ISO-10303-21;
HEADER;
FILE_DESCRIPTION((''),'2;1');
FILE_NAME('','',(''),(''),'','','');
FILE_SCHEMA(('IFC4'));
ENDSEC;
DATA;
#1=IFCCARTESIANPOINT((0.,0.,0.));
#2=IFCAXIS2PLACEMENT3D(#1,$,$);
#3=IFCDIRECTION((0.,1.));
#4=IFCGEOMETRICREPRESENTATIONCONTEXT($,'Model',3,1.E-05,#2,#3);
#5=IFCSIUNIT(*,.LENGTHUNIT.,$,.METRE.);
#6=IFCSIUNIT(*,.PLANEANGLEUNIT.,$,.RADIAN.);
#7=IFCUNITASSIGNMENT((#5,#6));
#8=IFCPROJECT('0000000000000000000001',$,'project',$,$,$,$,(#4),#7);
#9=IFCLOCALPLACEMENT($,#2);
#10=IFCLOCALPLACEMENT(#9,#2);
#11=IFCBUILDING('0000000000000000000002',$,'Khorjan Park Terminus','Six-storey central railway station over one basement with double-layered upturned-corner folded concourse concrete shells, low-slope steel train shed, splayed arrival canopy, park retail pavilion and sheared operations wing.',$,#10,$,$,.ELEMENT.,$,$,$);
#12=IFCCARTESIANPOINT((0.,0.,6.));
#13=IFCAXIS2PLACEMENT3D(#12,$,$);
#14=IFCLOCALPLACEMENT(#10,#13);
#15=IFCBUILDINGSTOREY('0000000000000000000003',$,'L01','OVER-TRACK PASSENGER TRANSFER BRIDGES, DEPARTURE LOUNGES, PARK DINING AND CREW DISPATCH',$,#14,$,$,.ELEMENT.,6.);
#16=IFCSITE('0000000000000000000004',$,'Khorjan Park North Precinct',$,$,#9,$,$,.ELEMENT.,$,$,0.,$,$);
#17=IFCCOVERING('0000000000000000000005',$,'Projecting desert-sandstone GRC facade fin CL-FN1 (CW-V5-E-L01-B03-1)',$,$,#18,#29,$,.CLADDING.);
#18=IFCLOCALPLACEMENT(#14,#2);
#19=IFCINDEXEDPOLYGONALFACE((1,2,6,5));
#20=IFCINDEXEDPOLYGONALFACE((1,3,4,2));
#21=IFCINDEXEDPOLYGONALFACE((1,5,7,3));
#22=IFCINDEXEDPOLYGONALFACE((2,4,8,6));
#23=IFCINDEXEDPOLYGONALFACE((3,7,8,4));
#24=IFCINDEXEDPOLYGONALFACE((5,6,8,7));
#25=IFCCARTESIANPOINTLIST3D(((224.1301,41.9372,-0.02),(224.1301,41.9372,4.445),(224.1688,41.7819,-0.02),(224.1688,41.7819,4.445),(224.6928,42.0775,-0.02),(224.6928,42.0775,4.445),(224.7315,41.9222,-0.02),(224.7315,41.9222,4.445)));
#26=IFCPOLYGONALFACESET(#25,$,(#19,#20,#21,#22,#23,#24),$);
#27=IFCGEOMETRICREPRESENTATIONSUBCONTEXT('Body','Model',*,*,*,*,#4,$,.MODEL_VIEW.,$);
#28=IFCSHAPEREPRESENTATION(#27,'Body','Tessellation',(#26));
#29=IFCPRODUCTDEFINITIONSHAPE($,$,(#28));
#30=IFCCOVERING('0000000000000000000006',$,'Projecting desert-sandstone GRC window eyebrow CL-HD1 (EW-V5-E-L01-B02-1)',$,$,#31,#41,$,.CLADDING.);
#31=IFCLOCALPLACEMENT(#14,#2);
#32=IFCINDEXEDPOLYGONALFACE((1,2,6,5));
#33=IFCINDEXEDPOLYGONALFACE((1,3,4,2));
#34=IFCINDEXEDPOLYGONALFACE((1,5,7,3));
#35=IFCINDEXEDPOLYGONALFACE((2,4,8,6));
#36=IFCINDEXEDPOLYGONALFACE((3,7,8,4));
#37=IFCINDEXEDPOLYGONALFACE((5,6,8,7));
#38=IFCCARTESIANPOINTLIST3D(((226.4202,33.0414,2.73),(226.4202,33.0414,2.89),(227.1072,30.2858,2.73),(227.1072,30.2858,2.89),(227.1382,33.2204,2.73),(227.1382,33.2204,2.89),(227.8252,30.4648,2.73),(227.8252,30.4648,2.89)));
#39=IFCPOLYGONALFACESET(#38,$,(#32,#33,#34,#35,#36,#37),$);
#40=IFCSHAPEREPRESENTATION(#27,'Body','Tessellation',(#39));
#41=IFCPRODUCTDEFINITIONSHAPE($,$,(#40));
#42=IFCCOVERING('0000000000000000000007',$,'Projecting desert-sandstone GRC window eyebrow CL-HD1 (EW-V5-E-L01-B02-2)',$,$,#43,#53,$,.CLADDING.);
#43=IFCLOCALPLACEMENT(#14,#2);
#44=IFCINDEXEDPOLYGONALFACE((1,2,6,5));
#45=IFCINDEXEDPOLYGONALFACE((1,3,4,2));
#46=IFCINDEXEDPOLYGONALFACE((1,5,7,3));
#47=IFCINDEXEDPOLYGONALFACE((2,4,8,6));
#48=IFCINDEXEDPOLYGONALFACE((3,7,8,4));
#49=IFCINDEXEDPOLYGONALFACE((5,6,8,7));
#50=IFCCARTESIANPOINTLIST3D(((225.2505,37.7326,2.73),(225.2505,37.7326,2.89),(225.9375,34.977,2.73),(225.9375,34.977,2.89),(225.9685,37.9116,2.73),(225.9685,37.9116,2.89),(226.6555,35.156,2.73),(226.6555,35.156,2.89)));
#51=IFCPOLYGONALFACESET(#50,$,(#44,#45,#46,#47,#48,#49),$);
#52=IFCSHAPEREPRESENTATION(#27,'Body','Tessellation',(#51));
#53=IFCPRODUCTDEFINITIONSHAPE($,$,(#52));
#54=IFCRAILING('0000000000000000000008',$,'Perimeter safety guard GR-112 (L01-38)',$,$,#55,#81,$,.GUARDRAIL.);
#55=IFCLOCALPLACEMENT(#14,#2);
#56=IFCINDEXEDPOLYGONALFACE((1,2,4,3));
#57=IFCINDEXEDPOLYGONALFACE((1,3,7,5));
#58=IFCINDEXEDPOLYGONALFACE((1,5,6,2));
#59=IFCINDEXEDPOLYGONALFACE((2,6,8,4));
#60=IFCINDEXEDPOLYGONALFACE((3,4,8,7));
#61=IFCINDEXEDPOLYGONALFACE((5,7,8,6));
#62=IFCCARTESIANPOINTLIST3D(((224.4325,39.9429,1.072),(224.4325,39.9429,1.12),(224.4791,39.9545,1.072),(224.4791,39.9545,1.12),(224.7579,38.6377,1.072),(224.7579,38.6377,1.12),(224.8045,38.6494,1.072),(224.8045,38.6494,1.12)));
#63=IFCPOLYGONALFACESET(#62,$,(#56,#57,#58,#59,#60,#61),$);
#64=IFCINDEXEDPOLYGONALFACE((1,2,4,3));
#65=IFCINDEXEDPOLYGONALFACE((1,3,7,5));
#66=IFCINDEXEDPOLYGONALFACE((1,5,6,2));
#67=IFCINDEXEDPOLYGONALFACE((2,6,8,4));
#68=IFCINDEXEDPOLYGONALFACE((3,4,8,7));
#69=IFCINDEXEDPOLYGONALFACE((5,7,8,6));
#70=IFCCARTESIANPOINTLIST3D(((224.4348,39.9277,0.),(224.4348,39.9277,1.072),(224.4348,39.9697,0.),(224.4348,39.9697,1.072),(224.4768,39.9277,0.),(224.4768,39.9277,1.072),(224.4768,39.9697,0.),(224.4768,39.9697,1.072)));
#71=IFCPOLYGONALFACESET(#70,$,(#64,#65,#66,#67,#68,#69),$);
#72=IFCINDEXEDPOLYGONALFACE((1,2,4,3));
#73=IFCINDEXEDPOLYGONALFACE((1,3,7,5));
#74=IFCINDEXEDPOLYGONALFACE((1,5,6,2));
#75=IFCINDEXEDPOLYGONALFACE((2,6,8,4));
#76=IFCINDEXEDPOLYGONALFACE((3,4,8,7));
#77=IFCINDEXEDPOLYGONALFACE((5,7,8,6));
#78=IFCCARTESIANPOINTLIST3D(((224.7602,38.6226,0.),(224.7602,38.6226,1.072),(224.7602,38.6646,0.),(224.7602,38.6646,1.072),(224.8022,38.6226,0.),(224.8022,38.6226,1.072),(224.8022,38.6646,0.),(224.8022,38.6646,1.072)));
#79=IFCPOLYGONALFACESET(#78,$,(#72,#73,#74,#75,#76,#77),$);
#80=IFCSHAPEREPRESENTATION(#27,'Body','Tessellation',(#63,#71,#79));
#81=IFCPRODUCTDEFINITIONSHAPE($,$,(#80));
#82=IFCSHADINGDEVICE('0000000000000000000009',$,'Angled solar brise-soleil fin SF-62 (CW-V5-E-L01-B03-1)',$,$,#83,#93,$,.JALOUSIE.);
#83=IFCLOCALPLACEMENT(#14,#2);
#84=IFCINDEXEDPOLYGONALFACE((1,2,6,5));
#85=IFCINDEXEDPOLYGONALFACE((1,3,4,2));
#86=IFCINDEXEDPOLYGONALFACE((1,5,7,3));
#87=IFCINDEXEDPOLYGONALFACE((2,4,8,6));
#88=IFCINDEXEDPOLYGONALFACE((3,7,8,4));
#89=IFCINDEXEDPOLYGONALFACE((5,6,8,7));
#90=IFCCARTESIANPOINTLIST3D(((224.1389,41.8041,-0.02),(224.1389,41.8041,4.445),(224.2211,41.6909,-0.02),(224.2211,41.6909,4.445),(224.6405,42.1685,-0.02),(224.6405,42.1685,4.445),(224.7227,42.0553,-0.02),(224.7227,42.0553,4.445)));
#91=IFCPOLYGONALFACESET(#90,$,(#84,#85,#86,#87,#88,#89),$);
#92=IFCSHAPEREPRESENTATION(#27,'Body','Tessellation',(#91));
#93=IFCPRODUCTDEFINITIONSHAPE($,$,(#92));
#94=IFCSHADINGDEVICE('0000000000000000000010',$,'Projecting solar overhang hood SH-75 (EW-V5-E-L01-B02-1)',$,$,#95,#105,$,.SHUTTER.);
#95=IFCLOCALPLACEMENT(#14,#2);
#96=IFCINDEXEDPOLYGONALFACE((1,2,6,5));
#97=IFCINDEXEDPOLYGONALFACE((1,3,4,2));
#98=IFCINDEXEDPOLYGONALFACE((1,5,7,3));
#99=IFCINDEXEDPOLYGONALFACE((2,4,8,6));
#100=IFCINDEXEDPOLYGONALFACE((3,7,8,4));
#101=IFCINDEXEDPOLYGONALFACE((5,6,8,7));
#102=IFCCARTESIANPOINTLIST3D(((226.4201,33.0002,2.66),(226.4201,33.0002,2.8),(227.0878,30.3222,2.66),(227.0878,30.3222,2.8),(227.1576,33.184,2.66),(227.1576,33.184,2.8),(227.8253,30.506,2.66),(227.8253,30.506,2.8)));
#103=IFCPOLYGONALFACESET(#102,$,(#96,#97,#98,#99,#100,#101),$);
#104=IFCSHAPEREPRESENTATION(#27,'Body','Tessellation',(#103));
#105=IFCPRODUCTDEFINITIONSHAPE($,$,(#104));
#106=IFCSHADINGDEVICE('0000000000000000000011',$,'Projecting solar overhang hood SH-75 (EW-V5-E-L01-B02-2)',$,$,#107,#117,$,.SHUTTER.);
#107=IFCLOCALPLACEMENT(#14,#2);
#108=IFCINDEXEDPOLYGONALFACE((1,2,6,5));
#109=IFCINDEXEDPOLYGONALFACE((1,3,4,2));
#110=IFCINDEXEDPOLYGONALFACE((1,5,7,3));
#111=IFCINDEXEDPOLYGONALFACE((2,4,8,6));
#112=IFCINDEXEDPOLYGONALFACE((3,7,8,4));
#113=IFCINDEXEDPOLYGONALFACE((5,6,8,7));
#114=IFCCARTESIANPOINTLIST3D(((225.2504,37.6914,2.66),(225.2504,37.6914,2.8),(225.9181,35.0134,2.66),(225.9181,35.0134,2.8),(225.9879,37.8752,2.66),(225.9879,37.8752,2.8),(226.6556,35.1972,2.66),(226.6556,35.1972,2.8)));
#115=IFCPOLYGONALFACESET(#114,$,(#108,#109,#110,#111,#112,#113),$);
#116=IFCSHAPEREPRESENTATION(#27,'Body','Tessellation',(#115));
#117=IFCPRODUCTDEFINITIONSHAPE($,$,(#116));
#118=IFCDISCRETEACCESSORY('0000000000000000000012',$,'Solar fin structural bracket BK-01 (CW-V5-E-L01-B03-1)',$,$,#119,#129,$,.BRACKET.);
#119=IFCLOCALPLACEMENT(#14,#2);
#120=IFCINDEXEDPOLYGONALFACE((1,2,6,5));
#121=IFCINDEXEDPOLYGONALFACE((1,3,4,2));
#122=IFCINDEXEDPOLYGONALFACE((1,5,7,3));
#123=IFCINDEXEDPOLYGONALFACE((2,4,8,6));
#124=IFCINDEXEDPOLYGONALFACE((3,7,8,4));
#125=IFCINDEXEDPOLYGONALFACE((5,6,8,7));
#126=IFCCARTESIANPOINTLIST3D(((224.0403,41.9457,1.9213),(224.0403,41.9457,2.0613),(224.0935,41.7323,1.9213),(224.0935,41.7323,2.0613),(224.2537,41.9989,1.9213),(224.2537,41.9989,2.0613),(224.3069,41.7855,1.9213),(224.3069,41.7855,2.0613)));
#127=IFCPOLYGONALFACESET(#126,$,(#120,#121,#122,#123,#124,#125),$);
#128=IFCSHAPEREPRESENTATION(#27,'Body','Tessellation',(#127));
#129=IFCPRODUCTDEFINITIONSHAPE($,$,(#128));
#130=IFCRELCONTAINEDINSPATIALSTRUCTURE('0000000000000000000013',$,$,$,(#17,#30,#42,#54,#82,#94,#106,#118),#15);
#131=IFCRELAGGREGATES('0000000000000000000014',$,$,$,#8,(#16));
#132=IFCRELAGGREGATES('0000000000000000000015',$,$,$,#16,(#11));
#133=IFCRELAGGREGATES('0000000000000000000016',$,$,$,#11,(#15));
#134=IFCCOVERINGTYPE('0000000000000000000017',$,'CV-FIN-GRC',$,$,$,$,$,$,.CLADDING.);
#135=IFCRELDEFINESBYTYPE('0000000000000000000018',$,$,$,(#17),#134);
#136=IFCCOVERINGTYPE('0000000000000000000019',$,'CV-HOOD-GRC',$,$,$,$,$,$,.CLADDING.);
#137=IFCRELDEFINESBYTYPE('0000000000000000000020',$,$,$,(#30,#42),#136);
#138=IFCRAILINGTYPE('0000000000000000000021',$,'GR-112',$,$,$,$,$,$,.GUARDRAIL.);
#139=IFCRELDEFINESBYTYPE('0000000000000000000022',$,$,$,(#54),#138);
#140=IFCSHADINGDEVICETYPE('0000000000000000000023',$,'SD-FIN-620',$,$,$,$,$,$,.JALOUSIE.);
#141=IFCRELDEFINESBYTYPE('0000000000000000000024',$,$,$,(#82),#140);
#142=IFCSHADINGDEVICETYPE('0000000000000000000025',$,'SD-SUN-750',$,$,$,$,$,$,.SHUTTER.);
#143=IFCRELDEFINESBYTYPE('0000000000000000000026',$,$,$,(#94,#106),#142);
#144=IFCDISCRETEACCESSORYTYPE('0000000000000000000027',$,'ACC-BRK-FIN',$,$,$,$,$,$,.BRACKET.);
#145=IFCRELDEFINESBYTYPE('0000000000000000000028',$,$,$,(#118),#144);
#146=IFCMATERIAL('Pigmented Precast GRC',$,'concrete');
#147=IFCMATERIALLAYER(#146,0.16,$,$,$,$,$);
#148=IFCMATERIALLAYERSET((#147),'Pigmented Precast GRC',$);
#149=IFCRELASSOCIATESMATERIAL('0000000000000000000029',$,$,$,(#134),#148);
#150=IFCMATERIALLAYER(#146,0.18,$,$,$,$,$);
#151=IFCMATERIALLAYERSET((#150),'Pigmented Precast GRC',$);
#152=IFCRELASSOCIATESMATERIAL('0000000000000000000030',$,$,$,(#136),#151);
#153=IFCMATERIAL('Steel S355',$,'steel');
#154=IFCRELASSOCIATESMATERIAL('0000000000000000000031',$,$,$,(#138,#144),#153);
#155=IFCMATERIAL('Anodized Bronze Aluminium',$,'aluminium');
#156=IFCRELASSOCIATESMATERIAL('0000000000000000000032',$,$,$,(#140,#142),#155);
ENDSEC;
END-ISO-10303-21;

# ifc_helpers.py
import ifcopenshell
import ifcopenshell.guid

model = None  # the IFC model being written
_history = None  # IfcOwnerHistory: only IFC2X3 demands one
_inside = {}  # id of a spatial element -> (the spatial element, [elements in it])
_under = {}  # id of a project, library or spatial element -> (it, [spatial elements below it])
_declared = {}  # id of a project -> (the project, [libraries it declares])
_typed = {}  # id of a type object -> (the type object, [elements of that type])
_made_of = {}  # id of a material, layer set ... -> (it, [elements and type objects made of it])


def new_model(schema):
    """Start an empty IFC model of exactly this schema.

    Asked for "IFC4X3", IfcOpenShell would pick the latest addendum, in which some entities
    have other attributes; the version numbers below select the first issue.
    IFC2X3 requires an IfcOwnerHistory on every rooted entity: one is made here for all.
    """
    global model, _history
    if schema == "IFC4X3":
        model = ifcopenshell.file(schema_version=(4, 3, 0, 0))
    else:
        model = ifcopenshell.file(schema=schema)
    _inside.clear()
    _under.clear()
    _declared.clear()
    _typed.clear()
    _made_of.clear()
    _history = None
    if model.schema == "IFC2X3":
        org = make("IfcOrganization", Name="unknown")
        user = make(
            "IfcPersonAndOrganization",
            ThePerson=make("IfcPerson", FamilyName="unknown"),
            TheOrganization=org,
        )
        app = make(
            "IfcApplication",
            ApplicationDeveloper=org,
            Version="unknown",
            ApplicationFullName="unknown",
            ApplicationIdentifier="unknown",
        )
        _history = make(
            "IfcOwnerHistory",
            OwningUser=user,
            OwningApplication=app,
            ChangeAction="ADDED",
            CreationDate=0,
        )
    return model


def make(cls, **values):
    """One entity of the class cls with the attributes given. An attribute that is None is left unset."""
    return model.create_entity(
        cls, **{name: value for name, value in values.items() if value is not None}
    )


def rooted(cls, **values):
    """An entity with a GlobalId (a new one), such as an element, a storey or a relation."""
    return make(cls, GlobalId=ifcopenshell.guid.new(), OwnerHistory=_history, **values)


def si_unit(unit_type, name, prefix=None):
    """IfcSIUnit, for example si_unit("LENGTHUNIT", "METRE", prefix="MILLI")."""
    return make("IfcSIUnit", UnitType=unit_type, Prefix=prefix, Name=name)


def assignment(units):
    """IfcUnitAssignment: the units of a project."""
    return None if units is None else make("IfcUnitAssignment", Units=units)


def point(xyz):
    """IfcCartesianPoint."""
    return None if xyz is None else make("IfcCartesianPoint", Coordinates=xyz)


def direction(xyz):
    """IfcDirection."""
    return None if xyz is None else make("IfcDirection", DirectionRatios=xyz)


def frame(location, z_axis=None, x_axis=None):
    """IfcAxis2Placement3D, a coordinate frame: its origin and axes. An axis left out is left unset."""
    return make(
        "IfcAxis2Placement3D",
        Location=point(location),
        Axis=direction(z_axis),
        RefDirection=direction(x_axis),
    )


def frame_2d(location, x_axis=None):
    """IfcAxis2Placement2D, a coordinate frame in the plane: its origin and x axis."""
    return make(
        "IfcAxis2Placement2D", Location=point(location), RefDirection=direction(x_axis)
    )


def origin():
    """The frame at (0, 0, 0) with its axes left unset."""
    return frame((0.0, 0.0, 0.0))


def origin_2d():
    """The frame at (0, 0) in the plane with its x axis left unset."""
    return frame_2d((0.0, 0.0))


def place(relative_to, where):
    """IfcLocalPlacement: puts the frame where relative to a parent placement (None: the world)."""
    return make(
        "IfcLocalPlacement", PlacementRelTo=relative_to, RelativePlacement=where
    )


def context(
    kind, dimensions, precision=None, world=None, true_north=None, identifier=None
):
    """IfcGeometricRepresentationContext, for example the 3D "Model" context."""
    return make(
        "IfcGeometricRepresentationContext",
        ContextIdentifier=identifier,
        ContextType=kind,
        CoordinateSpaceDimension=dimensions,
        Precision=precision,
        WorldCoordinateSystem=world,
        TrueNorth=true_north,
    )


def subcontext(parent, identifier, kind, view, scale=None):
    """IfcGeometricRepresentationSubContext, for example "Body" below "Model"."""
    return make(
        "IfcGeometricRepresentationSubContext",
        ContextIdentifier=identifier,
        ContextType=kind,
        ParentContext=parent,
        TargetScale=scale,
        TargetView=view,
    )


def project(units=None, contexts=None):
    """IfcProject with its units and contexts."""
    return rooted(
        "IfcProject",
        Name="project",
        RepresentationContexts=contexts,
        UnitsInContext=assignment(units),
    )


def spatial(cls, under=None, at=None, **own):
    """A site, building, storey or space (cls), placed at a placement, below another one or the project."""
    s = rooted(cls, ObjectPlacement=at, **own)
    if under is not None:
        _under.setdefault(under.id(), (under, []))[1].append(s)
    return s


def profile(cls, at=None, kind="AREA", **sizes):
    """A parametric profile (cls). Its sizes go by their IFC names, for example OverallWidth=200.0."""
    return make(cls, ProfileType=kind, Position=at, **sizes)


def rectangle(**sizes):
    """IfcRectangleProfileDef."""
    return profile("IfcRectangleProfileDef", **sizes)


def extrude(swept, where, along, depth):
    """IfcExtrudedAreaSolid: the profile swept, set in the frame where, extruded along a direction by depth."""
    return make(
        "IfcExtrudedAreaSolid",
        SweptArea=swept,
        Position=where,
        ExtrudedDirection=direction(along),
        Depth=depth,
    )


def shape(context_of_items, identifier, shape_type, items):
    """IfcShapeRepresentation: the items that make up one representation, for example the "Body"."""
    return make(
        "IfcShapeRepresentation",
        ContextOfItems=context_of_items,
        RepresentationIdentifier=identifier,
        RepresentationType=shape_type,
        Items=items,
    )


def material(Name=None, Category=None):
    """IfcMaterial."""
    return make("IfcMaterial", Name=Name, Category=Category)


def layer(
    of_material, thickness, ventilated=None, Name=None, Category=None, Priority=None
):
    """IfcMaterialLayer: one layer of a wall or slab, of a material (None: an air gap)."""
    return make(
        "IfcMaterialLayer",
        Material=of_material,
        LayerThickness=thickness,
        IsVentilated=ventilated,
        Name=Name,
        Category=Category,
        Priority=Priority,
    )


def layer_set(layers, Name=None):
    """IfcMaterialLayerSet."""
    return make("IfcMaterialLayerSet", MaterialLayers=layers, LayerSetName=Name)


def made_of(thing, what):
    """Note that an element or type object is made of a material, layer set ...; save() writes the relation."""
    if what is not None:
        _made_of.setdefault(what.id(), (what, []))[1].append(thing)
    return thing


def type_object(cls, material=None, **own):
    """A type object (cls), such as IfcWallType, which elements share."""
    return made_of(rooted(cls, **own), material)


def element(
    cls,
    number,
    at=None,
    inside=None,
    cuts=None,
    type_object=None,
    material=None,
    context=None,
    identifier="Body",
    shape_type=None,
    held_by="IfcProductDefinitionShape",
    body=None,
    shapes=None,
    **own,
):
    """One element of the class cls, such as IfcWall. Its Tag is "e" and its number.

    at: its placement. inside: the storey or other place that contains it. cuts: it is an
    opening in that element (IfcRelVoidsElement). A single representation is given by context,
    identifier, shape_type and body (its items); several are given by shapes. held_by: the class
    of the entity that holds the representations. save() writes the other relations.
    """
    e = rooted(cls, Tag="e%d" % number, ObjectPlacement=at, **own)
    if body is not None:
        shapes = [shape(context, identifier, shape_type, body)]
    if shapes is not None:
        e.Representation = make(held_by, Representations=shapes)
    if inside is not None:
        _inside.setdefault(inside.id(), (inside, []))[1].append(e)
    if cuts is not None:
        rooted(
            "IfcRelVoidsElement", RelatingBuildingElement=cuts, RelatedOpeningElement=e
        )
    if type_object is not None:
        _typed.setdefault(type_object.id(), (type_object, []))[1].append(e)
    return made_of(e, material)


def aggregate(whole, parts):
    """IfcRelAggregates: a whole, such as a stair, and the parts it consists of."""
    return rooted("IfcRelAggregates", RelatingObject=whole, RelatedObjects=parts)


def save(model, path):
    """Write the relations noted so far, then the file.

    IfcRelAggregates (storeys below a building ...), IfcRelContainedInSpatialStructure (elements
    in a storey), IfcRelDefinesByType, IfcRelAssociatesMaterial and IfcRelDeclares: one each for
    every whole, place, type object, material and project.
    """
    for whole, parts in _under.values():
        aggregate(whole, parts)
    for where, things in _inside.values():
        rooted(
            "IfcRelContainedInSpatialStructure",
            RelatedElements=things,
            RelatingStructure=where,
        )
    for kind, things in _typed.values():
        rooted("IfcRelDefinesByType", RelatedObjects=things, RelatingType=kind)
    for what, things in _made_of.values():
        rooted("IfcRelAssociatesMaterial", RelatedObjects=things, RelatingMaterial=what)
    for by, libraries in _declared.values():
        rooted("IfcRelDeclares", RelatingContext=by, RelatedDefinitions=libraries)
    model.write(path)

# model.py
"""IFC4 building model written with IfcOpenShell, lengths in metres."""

from ifc_helpers import new_model, si_unit, direction, frame, origin, origin_2d, place, context, subcontext, project, spatial, rectangle, extrude, material, layer, layer_set, type_object, element, save


model = new_model("IFC4")

# Units and contexts
model_context = context("Model", 3, precision=1e-05, world=origin(), true_north=direction((0.0, 1.0)))
body_context = subcontext(model_context, "Body", "Model", "MODEL_VIEW")
ifc_project = project(units=[si_unit("LENGTHUNIT", "METRE"), si_unit("PLANEANGLEUNIT", "RADIAN")], contexts=[model_context])

# Site, building, storey
site_placement = place(None, origin())
site = spatial("IfcSite", under=ifc_project, at=site_placement, Name="Khorjan Park North Precinct", CompositionType="ELEMENT", RefElevation=0.0)
building_placement = place(site_placement, origin())
building = spatial("IfcBuilding", under=site, at=building_placement, Name="Khorjan Park Terminus", Description="Six-storey central railway station over one basement with double-layered upturned-corner folded concourse concrete shells, low-slope steel train shed, splayed arrival canopy, park retail pavilion and sheared operations wing.", CompositionType="ELEMENT")
storey_placement = place(building_placement, frame((0.0, 0.0, 6.0)))
storey = spatial("IfcBuildingStorey", under=building, at=storey_placement, Name="L01", Description="OVER-TRACK PASSENGER TRANSFER BRIDGES, DEPARTURE LOUNGES, PARK DINING AND CREW DISPATCH", CompositionType="ELEMENT", Elevation=6.0)

# Shared definitions
ifc_material_1 = material(Name="Anodized Bronze Aluminium", Category="aluminium")

# Coverings
ifc_material_2 = material(Name="Pigmented Precast GRC", Category="concrete")
ifc_layer_1 = layer(ifc_material_2, 0.16)
ifc_layer_set_1 = layer_set([ifc_layer_1], Name="Pigmented Precast GRC")
covering_type_1 = type_object("IfcCoveringType", Name="CV-FIN-GRC", PredefinedType="CLADDING", material=ifc_layer_set_1)
covering_placement = place(storey_placement, frame((224.4308, 41.9297, -0.02), z_axis=(0.0, 0.0, 1.0), x_axis=(-0.970296, -0.241922, 0.0)))
element("IfcCovering", 1, at=covering_placement, inside=storey, type_object=covering_type_1, Name="Projecting desert-sandstone GRC facade fin CL-FN1 (CW-V5-E-L01-B03-1)", PredefinedType="CLADDING", context=body_context, shape_type="SweptSolid", body=[
    extrude(rectangle(XDim=0.58, YDim=0.16, at=origin_2d()), origin(), (0.0, 0.0, 1.0), 4.465),
])
ifc_layer_2 = layer(ifc_material_2, 0.18)
ifc_layer_set_2 = layer_set([ifc_layer_2], Name="Pigmented Precast GRC")
covering_type_2 = type_object("IfcCoveringType", Name="CV-HOOD-GRC", PredefinedType="CLADDING", material=ifc_layer_set_2)
for number, where, z_axis, x_axis, name in (
    (2, (227.1227, 31.7531, 2.73), (0.0, 0.0, 1.0), (-0.24192, 0.970296, 0.0), "Projecting desert-sandstone GRC window eyebrow CL-HD1 (EW-V5-E-L01-B02-1)"),
    (3, (225.953, 36.4443, 2.73), (0.0, 0.0, 1.0), (-0.24192, 0.970296, 0.0), "Projecting desert-sandstone GRC window eyebrow CL-HD1 (EW-V5-E-L01-B02-2)"),
):
    element("IfcCovering", number, at=place(storey_placement, frame(where, z_axis=z_axis, x_axis=x_axis)), inside=storey, type_object=covering_type_2, Name=name, PredefinedType="CLADDING", context=body_context, shape_type="SweptSolid", body=[
        extrude(rectangle(XDim=2.84, YDim=0.74, at=origin_2d()), origin(), (0.0, 0.0, 1.0), 0.16),
    ])

# Railing
ifc_material_3 = material(Name="Steel S355", Category="steel")
railing_type = type_object("IfcRailingType", Name="GR-112", PredefinedType="GUARDRAIL", material=ifc_material_3)
railing_placement = place(storey_placement, frame((224.4558, 39.9487, 0.0)))
element("IfcRailing", 4, at=railing_placement, inside=storey, type_object=railing_type, Name="Perimeter safety guard GR-112 (L01-38)", PredefinedType="GUARDRAIL", context=body_context, shape_type="SweptSolid", body=[
    extrude(rectangle(XDim=0.048, YDim=0.048, at=origin_2d()), frame((0.0, 0.0, 1.096), z_axis=(0.241923, -0.970295, 0.0), x_axis=(0.970295, 0.241923, 0.0)), (0.0, 0.0, 1.0), 1.3451),
    extrude(rectangle(XDim=0.042, YDim=0.042, at=origin_2d()), origin(), (0.0, 0.0, 1.0), 1.072),
    extrude(rectangle(XDim=0.042, YDim=0.042, at=origin_2d()), frame((0.3254, -1.3051, 0.0)), (0.0, 0.0, 1.0), 1.072),
])

# Shading devices
shading_device_type_1 = type_object("IfcShadingDeviceType", Name="SD-FIN-620", PredefinedType="JALOUSIE", material=ifc_material_1)
shading_device_placement = place(storey_placement, frame((224.4308, 41.9297, -0.02), z_axis=(0.0, 0.0, 1.0), x_axis=(-0.809017, -0.587785, 0.0)))
element("IfcShadingDevice", 5, at=shading_device_placement, inside=storey, type_object=shading_device_type_1, Name="Angled solar brise-soleil fin SF-62 (CW-V5-E-L01-B03-1)", PredefinedType="JALOUSIE", context=body_context, shape_type="SweptSolid", body=[
    extrude(rectangle(XDim=0.62, YDim=0.14, at=origin_2d()), origin(), (0.0, 0.0, 1.0), 4.465),
])
shading_device_type_2 = type_object("IfcShadingDeviceType", Name="SD-SUN-750", PredefinedType="SHUTTER", material=ifc_material_1)
for number, where, z_axis, x_axis, name in (
    (6, (227.1227, 31.7531, 2.66), (0.0, 0.0, 1.0), (-0.24192, 0.970296, 0.0), "Projecting solar overhang hood SH-75 (EW-V5-E-L01-B02-1)"),
    (7, (225.953, 36.4443, 2.66), (0.0, 0.0, 1.0), (-0.24192, 0.970296, 0.0), "Projecting solar overhang hood SH-75 (EW-V5-E-L01-B02-2)"),
):
    element("IfcShadingDevice", number, at=place(storey_placement, frame(where, z_axis=z_axis, x_axis=x_axis)), inside=storey, type_object=shading_device_type_2, Name=name, PredefinedType="SHUTTER", context=body_context, shape_type="SweptSolid", body=[
        extrude(rectangle(XDim=2.76, YDim=0.76, at=origin_2d()), origin(), (0.0, 0.0, 1.0), 0.14),
    ])

# Discrete accessory
discrete_accessory_type = type_object("IfcDiscreteAccessoryType", Name="ACC-BRK-FIN", PredefinedType="BRACKET", material=ifc_material_3)
discrete_accessory_placement = place(storey_placement, frame((224.1736, 41.8656, 1.9213), z_axis=(0.0, 0.0, 1.0), x_axis=(-0.241923, 0.970295, 0.0)))
element("IfcDiscreteAccessory", 8, at=discrete_accessory_placement, inside=storey, type_object=discrete_accessory_type, Name="Solar fin structural bracket BK-01 (CW-V5-E-L01-B03-1)", PredefinedType="BRACKET", context=body_context, shape_type="SweptSolid", body=[
    extrude(rectangle(XDim=0.22, YDim=0.22, at=origin_2d()), origin(), (0.0, 0.0, 1.0), 0.14),
])

save(model, "model.ifc")
